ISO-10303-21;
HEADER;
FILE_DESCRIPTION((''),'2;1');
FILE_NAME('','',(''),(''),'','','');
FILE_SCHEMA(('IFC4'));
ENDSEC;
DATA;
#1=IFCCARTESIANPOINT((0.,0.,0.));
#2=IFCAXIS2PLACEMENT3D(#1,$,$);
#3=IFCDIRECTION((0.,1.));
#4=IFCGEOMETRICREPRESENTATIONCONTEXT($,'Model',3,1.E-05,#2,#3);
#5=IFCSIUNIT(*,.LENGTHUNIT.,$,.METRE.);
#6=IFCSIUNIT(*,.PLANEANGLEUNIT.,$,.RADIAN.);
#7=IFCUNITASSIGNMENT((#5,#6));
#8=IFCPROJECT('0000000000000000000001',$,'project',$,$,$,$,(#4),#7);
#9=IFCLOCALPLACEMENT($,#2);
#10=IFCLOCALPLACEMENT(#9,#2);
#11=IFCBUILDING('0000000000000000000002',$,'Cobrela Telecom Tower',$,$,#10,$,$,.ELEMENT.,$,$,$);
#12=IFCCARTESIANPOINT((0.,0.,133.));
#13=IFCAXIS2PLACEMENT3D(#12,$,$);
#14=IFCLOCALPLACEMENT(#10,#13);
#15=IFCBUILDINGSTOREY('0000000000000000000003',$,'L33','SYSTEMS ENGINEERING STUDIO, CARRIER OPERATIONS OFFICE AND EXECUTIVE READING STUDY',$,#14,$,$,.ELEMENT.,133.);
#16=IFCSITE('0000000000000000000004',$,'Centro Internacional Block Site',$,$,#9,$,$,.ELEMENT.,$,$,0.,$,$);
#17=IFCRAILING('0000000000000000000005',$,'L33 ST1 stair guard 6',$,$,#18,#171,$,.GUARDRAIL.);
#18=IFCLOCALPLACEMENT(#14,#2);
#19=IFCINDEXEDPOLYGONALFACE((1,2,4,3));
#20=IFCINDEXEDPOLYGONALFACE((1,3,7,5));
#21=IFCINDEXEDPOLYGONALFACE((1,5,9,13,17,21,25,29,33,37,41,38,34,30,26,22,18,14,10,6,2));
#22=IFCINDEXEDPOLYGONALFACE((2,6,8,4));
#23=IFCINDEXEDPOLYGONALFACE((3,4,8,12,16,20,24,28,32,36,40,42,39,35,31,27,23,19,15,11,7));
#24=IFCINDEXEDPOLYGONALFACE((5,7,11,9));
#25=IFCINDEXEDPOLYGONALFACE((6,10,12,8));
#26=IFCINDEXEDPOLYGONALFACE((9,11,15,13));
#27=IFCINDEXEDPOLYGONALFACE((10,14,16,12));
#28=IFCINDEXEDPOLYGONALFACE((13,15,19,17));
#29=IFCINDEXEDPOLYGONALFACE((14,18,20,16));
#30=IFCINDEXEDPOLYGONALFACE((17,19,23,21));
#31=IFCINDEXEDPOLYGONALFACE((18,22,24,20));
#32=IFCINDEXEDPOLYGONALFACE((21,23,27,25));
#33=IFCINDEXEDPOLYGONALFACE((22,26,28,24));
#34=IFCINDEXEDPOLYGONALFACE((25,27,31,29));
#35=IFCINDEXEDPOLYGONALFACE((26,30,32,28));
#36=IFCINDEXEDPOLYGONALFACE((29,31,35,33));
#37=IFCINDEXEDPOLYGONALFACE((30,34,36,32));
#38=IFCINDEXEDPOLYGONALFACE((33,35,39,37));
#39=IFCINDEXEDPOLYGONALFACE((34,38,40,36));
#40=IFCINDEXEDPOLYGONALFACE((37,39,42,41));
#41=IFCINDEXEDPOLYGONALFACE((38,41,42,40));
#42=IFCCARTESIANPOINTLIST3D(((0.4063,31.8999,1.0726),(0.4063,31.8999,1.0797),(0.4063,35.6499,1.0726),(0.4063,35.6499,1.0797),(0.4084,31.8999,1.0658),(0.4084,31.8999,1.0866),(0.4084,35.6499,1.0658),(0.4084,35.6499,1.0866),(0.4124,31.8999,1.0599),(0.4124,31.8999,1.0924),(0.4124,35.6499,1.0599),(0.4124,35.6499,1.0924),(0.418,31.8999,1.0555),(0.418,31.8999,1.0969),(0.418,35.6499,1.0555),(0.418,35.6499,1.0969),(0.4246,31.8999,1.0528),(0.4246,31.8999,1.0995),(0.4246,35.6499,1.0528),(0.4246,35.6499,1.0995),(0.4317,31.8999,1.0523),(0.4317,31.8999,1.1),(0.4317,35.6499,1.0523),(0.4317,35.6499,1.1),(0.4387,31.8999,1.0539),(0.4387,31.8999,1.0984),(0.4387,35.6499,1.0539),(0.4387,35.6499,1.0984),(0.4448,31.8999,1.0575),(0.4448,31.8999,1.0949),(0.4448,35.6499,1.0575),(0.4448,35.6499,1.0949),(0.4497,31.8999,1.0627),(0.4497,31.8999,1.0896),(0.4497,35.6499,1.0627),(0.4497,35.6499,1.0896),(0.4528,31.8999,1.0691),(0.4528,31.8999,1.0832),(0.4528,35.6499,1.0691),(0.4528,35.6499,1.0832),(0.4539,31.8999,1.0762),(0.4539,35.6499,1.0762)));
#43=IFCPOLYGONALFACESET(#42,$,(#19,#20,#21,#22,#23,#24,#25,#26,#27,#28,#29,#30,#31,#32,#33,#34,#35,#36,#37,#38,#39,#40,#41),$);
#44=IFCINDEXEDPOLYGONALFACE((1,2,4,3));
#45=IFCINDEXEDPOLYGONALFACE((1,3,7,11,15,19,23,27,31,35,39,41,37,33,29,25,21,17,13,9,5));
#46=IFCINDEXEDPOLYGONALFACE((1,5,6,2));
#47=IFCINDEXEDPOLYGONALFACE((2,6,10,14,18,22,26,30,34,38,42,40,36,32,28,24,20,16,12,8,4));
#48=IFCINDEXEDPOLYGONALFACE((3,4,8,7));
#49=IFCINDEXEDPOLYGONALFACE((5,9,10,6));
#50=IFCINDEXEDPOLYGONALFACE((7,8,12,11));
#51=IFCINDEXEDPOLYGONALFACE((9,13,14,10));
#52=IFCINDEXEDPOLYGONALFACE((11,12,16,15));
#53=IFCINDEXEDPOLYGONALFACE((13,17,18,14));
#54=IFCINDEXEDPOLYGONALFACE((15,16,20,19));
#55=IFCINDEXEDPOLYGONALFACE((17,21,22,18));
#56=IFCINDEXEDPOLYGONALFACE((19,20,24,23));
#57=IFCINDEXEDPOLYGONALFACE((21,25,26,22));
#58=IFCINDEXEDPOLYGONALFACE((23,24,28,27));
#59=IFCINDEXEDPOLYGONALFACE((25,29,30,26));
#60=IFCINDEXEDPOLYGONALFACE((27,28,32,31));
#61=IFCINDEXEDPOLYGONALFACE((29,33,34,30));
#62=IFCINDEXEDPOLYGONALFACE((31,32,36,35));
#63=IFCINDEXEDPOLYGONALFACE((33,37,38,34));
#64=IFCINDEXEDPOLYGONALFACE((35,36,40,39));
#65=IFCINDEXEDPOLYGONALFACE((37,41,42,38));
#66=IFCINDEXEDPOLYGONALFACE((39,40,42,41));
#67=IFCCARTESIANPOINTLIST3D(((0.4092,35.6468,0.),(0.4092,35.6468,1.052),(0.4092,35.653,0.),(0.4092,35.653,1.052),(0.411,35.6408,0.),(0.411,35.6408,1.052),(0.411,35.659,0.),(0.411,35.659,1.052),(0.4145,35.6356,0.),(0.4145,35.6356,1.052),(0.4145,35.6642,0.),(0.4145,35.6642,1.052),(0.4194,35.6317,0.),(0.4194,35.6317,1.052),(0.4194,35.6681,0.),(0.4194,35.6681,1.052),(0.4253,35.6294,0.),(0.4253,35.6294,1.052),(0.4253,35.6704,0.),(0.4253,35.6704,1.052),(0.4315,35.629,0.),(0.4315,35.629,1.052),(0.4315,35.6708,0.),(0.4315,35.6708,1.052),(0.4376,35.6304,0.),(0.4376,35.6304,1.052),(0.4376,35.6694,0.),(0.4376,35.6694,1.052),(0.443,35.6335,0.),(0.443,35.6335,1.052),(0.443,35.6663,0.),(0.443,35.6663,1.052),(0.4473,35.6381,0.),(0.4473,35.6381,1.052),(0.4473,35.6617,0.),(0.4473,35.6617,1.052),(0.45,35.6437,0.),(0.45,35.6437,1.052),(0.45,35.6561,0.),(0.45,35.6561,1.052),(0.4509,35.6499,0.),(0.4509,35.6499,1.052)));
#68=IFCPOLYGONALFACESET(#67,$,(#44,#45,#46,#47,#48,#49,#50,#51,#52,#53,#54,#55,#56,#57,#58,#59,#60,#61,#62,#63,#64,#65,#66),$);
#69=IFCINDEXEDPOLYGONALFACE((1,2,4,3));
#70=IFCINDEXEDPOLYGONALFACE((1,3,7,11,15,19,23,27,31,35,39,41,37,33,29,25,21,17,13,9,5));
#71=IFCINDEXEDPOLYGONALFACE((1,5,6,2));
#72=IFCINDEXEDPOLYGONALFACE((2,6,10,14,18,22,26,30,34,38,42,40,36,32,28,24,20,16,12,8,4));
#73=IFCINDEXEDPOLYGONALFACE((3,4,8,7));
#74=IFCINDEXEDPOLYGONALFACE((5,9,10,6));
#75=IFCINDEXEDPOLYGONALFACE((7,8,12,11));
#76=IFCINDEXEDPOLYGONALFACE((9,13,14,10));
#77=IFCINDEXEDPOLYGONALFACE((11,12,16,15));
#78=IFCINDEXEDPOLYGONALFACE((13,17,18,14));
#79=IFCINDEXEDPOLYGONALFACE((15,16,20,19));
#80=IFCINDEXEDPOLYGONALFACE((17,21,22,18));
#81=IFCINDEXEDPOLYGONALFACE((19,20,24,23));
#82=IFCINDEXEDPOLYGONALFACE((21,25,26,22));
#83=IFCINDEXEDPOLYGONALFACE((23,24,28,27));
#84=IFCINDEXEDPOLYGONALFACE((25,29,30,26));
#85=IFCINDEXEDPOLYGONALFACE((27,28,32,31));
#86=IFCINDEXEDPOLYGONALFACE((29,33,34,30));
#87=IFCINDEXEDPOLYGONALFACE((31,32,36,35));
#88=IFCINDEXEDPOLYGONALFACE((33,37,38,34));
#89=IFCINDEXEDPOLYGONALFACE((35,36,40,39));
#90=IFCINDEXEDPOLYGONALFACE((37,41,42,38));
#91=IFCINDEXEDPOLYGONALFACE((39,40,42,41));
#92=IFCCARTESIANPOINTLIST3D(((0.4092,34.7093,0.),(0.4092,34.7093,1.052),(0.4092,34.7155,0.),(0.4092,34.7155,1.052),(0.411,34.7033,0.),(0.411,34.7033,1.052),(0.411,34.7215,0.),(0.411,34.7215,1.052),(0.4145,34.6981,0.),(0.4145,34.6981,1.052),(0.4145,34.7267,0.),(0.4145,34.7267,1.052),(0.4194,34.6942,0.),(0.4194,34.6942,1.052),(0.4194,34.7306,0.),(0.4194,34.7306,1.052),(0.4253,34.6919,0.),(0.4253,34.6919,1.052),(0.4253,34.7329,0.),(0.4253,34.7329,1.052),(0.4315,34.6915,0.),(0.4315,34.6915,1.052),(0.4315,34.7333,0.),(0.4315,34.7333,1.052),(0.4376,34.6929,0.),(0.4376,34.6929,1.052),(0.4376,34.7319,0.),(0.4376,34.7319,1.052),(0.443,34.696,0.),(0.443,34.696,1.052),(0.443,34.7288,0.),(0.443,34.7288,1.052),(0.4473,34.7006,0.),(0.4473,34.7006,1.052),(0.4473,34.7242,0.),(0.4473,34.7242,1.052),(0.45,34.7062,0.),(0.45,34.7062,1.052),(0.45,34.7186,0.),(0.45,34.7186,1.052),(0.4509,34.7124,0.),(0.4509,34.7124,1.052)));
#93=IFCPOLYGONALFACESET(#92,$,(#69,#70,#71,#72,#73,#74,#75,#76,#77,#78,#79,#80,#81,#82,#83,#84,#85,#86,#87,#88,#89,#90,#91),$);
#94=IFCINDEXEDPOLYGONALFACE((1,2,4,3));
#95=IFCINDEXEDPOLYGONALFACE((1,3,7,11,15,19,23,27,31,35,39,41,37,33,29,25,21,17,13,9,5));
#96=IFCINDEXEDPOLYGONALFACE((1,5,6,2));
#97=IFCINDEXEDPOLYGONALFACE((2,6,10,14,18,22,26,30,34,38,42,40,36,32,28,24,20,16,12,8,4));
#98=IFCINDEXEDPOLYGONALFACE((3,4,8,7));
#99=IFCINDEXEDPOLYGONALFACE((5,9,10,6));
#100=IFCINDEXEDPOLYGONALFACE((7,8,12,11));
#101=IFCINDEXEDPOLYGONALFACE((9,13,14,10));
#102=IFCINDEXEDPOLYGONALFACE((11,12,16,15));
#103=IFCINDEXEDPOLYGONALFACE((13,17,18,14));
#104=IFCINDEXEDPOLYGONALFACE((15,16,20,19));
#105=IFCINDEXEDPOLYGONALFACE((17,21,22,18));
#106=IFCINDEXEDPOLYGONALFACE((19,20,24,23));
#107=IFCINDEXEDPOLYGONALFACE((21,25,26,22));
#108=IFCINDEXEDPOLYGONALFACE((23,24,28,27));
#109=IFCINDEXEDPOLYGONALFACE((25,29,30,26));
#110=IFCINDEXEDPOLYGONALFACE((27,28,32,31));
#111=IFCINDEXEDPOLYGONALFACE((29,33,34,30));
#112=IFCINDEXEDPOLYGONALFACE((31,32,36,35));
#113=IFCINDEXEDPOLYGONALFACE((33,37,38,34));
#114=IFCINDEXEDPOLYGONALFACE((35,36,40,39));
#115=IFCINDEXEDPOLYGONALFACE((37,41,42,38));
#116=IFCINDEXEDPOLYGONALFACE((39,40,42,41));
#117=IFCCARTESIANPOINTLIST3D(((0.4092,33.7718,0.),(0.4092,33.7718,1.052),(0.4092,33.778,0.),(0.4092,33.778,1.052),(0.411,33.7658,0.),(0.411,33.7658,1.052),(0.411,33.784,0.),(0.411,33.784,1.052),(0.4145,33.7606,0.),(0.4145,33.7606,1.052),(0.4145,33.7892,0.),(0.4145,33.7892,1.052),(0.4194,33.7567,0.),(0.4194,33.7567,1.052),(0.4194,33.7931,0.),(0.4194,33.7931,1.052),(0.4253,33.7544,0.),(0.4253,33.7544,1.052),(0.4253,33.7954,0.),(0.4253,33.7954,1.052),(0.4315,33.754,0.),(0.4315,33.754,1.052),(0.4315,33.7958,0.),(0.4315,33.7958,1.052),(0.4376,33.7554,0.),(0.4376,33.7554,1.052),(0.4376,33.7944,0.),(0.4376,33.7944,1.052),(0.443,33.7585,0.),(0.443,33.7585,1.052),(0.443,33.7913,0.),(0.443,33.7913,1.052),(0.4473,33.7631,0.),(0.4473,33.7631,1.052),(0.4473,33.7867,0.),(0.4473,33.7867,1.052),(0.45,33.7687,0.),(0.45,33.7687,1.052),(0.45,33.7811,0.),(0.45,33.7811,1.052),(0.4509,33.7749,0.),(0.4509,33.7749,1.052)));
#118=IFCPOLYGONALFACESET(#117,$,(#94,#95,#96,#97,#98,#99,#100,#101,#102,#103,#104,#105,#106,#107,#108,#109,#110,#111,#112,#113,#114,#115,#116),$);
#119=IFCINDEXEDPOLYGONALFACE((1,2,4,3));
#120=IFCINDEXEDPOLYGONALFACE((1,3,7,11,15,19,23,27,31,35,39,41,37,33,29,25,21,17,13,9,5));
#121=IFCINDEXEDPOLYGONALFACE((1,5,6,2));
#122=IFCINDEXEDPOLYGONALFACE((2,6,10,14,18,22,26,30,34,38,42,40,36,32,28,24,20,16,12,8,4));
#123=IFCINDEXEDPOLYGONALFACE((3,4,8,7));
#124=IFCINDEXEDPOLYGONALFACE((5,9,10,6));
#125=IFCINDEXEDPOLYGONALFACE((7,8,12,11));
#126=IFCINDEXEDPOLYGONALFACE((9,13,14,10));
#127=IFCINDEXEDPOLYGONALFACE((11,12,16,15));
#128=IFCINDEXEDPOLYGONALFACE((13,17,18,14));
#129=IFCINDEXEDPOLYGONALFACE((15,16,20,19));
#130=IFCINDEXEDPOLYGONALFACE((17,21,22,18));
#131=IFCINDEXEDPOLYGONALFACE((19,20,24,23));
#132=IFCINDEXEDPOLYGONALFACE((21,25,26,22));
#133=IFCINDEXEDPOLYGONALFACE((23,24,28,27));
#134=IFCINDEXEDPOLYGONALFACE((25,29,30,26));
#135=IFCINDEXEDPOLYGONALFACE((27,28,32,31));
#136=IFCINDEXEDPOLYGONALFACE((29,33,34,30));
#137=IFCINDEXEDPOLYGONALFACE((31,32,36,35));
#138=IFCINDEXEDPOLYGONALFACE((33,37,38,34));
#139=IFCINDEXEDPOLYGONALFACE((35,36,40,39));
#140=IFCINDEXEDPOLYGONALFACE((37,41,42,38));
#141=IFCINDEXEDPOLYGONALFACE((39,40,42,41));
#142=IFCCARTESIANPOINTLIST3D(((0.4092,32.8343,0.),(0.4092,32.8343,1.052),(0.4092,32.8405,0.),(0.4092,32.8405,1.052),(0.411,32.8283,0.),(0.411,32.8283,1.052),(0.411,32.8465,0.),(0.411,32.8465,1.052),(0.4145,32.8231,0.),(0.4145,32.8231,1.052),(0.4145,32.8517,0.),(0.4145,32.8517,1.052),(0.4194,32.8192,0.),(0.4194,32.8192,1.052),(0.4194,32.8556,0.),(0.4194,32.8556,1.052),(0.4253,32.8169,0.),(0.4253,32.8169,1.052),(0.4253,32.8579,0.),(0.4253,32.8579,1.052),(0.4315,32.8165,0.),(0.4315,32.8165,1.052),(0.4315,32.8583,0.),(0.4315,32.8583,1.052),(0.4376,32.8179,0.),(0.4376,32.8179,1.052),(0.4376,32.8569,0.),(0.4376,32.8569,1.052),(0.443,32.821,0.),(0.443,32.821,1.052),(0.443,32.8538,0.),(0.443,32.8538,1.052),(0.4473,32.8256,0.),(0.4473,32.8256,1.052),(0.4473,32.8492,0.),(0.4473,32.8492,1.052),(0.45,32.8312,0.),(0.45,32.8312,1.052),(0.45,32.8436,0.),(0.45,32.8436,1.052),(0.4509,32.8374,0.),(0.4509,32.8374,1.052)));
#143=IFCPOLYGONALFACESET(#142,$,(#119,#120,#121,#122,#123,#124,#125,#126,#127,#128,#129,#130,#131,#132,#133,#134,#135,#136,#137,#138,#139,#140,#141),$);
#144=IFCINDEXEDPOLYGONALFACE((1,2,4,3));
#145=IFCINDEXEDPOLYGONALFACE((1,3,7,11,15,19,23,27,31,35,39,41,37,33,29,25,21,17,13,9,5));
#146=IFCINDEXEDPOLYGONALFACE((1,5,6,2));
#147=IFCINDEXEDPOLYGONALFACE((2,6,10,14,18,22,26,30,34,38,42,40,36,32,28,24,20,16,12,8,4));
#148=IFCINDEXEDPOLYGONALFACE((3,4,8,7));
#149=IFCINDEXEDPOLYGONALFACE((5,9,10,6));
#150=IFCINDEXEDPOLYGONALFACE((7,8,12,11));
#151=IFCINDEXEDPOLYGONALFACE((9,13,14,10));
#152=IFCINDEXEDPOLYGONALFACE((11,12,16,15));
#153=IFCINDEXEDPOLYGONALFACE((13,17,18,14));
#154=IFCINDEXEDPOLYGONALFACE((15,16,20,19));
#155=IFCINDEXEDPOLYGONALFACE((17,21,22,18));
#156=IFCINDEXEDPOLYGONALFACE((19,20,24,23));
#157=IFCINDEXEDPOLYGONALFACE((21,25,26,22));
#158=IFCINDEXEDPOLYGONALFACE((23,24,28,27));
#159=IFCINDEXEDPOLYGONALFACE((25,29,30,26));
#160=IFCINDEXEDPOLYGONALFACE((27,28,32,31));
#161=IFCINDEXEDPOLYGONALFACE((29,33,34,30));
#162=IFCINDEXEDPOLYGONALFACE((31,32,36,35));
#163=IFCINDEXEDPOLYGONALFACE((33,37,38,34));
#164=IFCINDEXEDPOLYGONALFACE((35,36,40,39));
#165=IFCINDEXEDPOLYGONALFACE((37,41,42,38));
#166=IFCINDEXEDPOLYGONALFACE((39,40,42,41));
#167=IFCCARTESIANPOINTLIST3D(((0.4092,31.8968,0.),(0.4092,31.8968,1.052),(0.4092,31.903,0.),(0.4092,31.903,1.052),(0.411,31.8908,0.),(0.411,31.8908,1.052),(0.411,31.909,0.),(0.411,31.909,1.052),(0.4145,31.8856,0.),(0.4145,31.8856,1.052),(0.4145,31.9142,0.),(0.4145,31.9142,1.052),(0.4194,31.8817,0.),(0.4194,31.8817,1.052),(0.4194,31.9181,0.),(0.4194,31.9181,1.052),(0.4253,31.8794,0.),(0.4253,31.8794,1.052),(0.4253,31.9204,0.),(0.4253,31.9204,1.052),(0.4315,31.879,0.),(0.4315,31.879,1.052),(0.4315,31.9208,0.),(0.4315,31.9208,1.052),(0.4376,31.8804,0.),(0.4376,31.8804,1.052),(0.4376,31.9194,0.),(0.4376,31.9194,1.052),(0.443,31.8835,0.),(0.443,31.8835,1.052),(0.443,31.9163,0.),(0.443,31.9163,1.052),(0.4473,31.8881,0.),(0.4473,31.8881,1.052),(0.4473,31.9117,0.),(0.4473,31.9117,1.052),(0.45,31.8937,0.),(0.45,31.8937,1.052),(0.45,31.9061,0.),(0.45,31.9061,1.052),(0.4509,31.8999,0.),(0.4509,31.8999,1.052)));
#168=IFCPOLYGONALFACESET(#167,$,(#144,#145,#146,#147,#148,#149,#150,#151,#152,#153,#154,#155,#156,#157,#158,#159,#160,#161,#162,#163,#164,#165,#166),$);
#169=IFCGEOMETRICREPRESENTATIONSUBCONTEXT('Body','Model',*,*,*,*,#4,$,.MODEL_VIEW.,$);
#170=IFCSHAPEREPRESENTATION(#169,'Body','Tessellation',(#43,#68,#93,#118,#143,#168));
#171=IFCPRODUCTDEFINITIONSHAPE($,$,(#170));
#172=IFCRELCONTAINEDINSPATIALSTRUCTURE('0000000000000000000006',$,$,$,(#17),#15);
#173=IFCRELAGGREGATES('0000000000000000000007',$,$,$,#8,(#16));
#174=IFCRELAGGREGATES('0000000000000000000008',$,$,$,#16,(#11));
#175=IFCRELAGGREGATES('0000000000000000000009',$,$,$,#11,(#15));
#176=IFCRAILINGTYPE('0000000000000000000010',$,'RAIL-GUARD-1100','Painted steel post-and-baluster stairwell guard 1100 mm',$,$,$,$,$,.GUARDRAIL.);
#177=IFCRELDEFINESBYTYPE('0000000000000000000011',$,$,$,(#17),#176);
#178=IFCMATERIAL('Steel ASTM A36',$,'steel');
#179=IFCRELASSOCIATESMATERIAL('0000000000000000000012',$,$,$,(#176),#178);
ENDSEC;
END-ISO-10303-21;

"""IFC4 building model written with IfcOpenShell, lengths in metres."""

from ifc_helpers import new_model, si_unit, direction, frame, origin, origin_2d, place, context, subcontext, project, spatial, circle, extrude, material, type_object, element, save


model = new_model("IFC4")

# Units and contexts
model_context = context("Model", 3, precision=1e-05, world=origin(), true_north=direction((0.0, 1.0)))
body_context = subcontext(model_context, "Body", "Model", "MODEL_VIEW")
ifc_project = project(units=[si_unit("LENGTHUNIT", "METRE"), si_unit("PLANEANGLEUNIT", "RADIAN")], contexts=[model_context])

# Site, building, storey
site_placement = place(None, origin())
site = spatial("IfcSite", under=ifc_project, at=site_placement, Name="Centro Internacional Block Site", CompositionType="ELEMENT", RefElevation=0.0)
building_placement = place(site_placement, origin())
building = spatial("IfcBuilding", under=site, at=building_placement, Name="Cobrela Telecom Tower", CompositionType="ELEMENT")
storey_placement = place(building_placement, frame((0.0, 0.0, 133.0)))
storey = spatial("IfcBuildingStorey", under=building, at=storey_placement, Name="L33", Description="SYSTEMS ENGINEERING STUDIO, CARRIER OPERATIONS OFFICE AND EXECUTIVE READING STUDY", CompositionType="ELEMENT", Elevation=133.0)

# Shared definitions
ifc_material_1 = material(Name="Steel ASTM A36", Category="steel")

# Railing
railing_type_1 = type_object("IfcRailingType", Name="RAIL-GUARD-1100", Description="Painted steel post-and-baluster stairwell guard 1100 mm", PredefinedType="GUARDRAIL", material=ifc_material_1)
railing_1_placement = place(storey_placement, frame((0.4299, 35.6499, 0.0)))
element("IfcRailing", 1, at=railing_1_placement, inside=storey, type_object=railing_type_1, Name="L33 ST1 stair guard 6", PredefinedType="GUARDRAIL", context=body_context, shape_type="SweptSolid", body=[
    extrude(circle(Radius=0.0239, at=origin_2d()), frame((0.0, 0.0, 1.0762), z_axis=(0.0, -1.0, 0.0), x_axis=(1.0, 0.0, 0.0)), (0.0, 0.0, 1.0), 3.75),
    extrude(circle(Radius=0.021, at=origin_2d()), origin(), (0.0, 0.0, 1.0), 1.052),
    extrude(circle(Radius=0.021, at=origin_2d()), frame((0.0, -0.9375, 0.0)), (0.0, 0.0, 1.0), 1.052),
    extrude(circle(Radius=0.021, at=origin_2d()), frame((0.0, -1.875, 0.0)), (0.0, 0.0, 1.0), 1.052),
    extrude(circle(Radius=0.021, at=origin_2d()), frame((0.0, -2.8125, 0.0)), (0.0, 0.0, 1.0), 1.052),
    extrude(circle(Radius=0.021, at=origin_2d()), frame((0.0, -3.75, 0.0)), (0.0, 0.0, 1.0), 1.052),
])

save(model, "model.ifc")
